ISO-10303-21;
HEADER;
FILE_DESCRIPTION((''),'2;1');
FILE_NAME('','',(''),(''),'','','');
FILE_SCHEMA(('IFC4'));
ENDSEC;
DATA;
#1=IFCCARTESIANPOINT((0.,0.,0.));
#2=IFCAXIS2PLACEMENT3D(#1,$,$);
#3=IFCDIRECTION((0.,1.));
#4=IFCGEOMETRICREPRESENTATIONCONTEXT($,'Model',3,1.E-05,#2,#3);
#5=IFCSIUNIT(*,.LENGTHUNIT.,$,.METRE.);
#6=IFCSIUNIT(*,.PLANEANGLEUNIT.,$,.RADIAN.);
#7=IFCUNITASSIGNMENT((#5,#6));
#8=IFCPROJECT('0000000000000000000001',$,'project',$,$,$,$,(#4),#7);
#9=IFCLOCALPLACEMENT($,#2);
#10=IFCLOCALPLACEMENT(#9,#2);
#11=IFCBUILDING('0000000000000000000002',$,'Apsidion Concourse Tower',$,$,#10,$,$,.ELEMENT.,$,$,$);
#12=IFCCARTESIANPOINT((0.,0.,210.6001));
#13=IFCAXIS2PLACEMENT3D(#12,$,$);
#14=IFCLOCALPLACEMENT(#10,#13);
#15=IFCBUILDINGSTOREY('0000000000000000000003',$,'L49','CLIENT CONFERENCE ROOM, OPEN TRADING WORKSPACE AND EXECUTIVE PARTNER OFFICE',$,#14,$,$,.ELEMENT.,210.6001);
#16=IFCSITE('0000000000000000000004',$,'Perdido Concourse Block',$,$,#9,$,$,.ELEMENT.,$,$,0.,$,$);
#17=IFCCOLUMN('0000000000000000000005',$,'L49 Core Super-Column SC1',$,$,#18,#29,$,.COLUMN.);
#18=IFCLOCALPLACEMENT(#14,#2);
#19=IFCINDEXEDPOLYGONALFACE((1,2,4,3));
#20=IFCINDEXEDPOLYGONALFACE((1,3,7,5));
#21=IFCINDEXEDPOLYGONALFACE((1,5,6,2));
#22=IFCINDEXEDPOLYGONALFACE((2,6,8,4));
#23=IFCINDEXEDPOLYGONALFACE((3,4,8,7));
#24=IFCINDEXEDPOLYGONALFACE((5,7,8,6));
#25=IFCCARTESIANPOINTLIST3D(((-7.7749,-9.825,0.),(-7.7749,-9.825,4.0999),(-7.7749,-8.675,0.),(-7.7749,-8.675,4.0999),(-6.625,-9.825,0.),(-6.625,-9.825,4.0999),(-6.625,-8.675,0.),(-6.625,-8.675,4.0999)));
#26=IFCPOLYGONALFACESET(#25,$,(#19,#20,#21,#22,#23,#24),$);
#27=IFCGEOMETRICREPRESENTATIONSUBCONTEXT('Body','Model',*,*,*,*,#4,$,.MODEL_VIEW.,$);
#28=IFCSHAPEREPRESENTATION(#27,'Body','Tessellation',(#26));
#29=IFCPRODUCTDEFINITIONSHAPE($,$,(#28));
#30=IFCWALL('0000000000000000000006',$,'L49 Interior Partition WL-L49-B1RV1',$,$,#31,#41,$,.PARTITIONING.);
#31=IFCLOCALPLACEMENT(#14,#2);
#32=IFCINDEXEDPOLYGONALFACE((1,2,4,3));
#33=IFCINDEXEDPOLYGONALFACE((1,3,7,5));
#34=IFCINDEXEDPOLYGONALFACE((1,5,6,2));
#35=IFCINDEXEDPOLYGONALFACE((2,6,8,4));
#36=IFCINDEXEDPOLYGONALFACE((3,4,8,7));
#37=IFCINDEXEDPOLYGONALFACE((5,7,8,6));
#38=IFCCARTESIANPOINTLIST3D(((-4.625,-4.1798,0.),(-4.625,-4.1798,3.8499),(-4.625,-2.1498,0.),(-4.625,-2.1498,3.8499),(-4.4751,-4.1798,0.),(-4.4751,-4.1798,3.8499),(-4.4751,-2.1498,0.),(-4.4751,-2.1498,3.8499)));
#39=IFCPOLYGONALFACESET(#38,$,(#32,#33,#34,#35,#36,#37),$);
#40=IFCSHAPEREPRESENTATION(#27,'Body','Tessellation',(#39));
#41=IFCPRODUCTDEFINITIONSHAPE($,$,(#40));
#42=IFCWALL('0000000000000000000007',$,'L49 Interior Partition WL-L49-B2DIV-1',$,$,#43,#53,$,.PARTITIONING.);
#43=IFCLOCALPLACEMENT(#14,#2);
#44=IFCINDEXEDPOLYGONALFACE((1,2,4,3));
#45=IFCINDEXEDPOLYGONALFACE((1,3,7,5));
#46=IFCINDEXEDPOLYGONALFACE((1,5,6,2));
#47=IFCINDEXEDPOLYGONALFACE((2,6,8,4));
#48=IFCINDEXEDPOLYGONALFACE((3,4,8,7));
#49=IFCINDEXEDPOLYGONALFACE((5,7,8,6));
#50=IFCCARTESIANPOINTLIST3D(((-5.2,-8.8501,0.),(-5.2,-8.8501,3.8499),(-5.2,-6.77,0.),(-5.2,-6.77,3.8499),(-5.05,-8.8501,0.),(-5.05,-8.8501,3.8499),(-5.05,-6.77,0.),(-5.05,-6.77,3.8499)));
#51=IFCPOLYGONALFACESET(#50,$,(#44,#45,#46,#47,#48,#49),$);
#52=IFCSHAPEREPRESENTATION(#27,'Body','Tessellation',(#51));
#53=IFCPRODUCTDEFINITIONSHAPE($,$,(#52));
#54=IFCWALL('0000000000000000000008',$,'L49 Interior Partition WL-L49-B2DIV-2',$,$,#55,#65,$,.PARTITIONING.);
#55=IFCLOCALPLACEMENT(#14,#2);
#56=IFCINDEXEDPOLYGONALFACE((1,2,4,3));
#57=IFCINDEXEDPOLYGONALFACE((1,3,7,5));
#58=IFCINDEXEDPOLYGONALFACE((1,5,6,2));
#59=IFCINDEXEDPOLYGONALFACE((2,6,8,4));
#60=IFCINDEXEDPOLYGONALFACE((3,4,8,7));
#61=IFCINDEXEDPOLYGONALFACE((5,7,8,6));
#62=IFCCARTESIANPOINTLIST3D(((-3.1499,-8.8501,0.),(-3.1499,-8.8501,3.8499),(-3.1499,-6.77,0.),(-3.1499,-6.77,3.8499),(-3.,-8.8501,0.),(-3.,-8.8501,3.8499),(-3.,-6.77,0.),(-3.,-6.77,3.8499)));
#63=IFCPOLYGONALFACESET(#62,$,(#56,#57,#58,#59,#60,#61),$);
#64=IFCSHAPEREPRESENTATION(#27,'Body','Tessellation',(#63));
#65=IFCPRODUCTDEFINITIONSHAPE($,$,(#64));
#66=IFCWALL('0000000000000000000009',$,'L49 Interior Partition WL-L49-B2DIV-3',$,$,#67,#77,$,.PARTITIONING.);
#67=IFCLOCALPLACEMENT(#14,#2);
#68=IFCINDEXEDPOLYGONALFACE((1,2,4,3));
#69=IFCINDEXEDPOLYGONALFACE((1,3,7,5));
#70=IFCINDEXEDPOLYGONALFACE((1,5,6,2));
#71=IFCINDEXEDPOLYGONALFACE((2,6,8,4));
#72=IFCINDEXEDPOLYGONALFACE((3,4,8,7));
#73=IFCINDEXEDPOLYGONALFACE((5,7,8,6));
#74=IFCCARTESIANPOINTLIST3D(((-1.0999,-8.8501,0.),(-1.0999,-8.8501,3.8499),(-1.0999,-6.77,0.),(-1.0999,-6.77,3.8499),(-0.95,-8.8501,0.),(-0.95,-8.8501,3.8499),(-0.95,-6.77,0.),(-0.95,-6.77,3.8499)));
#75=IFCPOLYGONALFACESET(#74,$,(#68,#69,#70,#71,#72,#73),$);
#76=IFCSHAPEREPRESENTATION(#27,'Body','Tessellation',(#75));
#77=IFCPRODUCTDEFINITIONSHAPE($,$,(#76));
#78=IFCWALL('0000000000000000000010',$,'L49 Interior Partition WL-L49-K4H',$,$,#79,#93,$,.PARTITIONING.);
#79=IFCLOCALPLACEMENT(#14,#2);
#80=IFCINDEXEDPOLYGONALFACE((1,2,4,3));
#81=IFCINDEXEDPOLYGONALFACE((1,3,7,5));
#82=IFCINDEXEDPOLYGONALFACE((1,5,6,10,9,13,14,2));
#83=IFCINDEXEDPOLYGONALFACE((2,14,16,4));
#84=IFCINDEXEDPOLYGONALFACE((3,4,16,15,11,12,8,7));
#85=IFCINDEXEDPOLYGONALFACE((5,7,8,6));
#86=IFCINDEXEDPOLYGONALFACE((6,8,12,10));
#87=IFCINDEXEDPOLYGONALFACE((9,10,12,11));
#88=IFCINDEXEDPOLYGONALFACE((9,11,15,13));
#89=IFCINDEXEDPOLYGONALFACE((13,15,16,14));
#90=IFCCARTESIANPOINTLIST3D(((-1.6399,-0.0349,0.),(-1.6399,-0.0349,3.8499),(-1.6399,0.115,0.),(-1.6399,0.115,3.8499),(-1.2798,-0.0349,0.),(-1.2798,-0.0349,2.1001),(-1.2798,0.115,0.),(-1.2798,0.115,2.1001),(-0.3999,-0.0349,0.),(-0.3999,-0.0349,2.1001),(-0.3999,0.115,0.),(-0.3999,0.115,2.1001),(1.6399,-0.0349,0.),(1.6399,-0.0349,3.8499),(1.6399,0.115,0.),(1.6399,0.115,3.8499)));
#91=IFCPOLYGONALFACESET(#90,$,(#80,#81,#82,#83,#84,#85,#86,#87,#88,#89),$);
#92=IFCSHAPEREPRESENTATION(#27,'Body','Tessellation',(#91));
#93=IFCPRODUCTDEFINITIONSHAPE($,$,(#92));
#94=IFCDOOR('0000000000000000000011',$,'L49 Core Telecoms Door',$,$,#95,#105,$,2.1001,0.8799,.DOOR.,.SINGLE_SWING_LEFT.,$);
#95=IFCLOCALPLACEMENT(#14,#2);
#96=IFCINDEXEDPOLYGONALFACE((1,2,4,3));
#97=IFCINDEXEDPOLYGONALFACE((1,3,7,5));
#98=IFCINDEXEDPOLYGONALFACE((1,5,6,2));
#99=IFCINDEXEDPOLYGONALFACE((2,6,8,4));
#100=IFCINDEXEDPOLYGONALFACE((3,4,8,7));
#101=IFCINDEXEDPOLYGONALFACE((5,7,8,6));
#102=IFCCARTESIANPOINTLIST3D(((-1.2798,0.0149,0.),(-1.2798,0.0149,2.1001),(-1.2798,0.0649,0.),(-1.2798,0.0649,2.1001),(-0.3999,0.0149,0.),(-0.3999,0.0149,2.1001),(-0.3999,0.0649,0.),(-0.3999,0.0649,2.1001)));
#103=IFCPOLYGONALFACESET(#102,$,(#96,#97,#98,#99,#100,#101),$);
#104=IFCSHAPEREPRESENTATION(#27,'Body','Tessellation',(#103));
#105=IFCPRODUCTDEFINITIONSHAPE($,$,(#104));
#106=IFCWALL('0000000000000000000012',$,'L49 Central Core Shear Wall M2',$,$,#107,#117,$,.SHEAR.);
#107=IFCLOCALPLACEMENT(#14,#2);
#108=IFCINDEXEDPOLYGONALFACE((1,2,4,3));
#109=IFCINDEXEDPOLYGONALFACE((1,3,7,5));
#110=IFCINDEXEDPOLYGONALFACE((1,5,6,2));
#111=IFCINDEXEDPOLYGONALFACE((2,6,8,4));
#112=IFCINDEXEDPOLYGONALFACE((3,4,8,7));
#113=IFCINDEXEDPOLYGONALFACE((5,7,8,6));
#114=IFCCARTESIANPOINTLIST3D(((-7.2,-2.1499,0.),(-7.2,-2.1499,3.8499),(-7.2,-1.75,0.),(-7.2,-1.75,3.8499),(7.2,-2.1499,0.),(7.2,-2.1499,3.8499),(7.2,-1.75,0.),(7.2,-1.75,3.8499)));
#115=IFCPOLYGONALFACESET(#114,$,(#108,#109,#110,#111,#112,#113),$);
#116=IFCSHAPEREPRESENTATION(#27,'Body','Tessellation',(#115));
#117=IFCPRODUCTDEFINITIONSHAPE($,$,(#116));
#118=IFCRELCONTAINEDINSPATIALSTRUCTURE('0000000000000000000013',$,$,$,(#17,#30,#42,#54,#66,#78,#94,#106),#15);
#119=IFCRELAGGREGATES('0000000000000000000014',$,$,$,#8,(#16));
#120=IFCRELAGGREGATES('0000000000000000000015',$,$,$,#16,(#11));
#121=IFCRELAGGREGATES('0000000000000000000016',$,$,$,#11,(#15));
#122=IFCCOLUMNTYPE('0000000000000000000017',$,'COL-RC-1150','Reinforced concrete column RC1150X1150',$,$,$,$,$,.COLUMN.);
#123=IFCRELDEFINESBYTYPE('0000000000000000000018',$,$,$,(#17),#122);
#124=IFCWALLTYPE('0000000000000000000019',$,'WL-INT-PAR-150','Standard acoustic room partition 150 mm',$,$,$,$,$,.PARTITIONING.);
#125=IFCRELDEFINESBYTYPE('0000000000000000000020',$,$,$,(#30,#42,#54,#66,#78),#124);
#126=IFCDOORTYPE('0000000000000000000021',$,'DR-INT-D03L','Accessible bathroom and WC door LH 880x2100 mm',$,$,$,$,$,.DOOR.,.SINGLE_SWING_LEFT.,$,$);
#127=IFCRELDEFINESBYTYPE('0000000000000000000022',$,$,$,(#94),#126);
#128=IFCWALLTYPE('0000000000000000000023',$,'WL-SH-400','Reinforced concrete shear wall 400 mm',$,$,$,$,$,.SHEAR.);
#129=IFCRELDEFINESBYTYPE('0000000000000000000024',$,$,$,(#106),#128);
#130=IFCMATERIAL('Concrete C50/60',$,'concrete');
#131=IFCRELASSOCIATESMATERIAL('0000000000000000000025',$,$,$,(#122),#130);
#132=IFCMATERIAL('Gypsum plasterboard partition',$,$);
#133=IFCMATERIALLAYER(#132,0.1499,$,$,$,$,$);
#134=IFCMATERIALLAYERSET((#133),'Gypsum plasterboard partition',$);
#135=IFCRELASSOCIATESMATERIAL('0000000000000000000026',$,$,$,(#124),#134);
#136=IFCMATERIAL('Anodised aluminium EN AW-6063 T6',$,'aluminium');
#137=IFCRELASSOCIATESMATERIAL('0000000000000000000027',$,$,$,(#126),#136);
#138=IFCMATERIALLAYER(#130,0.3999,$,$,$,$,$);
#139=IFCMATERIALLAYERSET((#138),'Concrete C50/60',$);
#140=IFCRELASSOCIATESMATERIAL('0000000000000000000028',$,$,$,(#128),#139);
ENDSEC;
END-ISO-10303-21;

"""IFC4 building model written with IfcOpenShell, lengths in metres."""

from ifc_helpers import new_model, si_unit, direction, frame, frame_2d, origin, origin_2d, place, context, subcontext, project, spatial, rectangle, extrude, material, layer, layer_set, material_profile, profile_set, type_object, element, fill, save


model = new_model("IFC4")

# Units and contexts
model_context = context("Model", 3, precision=1e-05, world=origin(), true_north=direction((0.0, 1.0)))
body_context = subcontext(model_context, "Body", "Model", "MODEL_VIEW")
ifc_project = project(units=[si_unit("LENGTHUNIT", "METRE"), si_unit("PLANEANGLEUNIT", "RADIAN")], contexts=[model_context])

# Site, building, storey
site_placement = place(None, origin())
site = spatial("IfcSite", under=ifc_project, at=site_placement, Name="Perdido Concourse Block", CompositionType="ELEMENT", RefElevation=0.0)
building_placement = place(site_placement, origin())
building = spatial("IfcBuilding", under=site, at=building_placement, Name="Apsidion Concourse Tower", CompositionType="ELEMENT")
storey_placement = place(building_placement, frame((0.0, 0.0, 210.6001)))
storey = spatial("IfcBuildingStorey", under=building, at=storey_placement, Name="L49", Description="CLIENT CONFERENCE ROOM, OPEN TRADING WORKSPACE AND EXECUTIVE PARTNER OFFICE", CompositionType="ELEMENT", Elevation=210.6001)

# Column
ifc_material_1 = material(Name="Concrete C50/60", Category="concrete")
ifc_material_profile = material_profile(ifc_material_1, rectangle(XDim=1.1499, YDim=1.1499, at=origin_2d()), Name="RC 1150x1150")
ifc_profile_set = profile_set([ifc_material_profile], Name="Concrete C50/60")
column_type = type_object("IfcColumnType", Name="COL-RC-1150", Description="Reinforced concrete column RC1150X1150", PredefinedType="COLUMN", material=ifc_profile_set)
column_placement = place(storey_placement, frame((-7.2, -9.25, 0.0), z_axis=(0.0, 0.0, 1.0), x_axis=(1.0, 0.0, 0.0)))
element("IfcColumn", 1, at=column_placement, inside=storey, type_object=column_type, Name="L49 Core Super-Column SC1", PredefinedType="COLUMN", context=body_context, shape_type="SweptSolid", body=[
    extrude(rectangle(XDim=1.1499, YDim=1.1499, at=origin_2d()), origin(), (0.0, 0.0, 1.0), 4.0999),
])

# Walls
ifc_material_2 = material(Name="Gypsum plasterboard partition")
ifc_layer_1 = layer(ifc_material_2, 0.1499)
ifc_layer_set_1 = layer_set([ifc_layer_1], Name="Gypsum plasterboard partition")
wall_type_1 = type_object("IfcWallType", Name="WL-INT-PAR-150", Description="Standard acoustic room partition 150 mm", PredefinedType="PARTITIONING", material=ifc_layer_set_1)
wall_1_placement = place(storey_placement, frame((-4.55, -4.1799, 0.0), z_axis=(0.0, 0.0, 1.0), x_axis=(0.0, 1.0, 0.0)))
element("IfcWall", 2, at=wall_1_placement, inside=storey, type_object=wall_type_1, Name="L49 Interior Partition WL-L49-B1RV1", PredefinedType="PARTITIONING", context=body_context, shape_type="SweptSolid", body=[
    extrude(rectangle(XDim=2.03, YDim=0.1499, at=frame_2d((1.0151, 0.0))), origin(), (0.0, 0.0, 1.0), 3.8499),
])
for number, where, z_axis, x_axis, name in (
    (3, (-5.125, -8.8501, 0.0), (0.0, 0.0, 1.0), (0.0, 1.0, 0.0), "L49 Interior Partition WL-L49-B2DIV-1"),
    (4, (-3.075, -8.8501, 0.0), (0.0, 0.0, 1.0), (0.0, 1.0, 0.0), "L49 Interior Partition WL-L49-B2DIV-2"),
    (5, (-1.0249, -8.8501, 0.0), (0.0, 0.0, 1.0), (0.0, 1.0, 0.0), "L49 Interior Partition WL-L49-B2DIV-3"),
):
    element("IfcWall", number, at=place(storey_placement, frame(where, z_axis=z_axis, x_axis=x_axis)), inside=storey, type_object=wall_type_1, Name=name, PredefinedType="PARTITIONING", context=body_context, shape_type="SweptSolid", body=[
        extrude(rectangle(XDim=2.0801, YDim=0.1499, at=frame_2d((1.04, 0.0))), origin(), (0.0, 0.0, 1.0), 3.8499),
    ])

# Wall, opening, door
wall_2_placement = place(storey_placement, frame((-1.6399, 0.04, 0.0), z_axis=(0.0, 0.0, 1.0), x_axis=(1.0, 0.0, 0.0)))
wall_2 = element("IfcWall", 6, at=wall_2_placement, inside=storey, type_object=wall_type_1, Name="L49 Interior Partition WL-L49-K4H", PredefinedType="PARTITIONING", context=body_context, shape_type="SweptSolid", body=[
    extrude(rectangle(XDim=3.2798, YDim=0.1499, at=frame_2d((1.6399, 0.0))), origin(), (0.0, 0.0, 1.0), 3.8499),
])
opening_1_placement = place(wall_2_placement, frame((0.3601, 0.0, 0.0)))
opening_1 = element("IfcOpeningElement", 7, at=opening_1_placement, cuts=wall_2, PredefinedType="OPENING", context=body_context, shape_type="SweptSolid", body=[
    extrude(rectangle(XDim=0.8799, YDim=2.1001, at=frame_2d((0.4399, 1.05))), frame((0.0, 0.085, 0.0), z_axis=(0.0, -1.0, 0.0), x_axis=(1.0, 0.0, 0.0)), (0.0, 0.0, 1.0), 0.1699),
])
ifc_material_3 = material(Name="Anodised aluminium EN AW-6063 T6", Category="aluminium")
door_type_1 = type_object("IfcDoorType", Name="DR-INT-D03L", Description="Accessible bathroom and WC door LH 880x2100 mm", OperationType="SINGLE_SWING_LEFT", PredefinedType="DOOR", material=ifc_material_3)
door_1_placement = place(opening_1_placement, origin())
door_1 = element("IfcDoor", 8, at=door_1_placement, inside=storey, type_object=door_type_1, Name="L49 Core Telecoms Door", OperationType="SINGLE_SWING_LEFT", OverallHeight=2.1001, OverallWidth=0.8799, PredefinedType="DOOR", context=body_context, shape_type="SweptSolid", body=[
    extrude(rectangle(XDim=0.8799, YDim=2.1001, at=frame_2d((0.4399, 1.05))), frame((0.0, 0.0249, 0.0), z_axis=(0.0, -1.0, 0.0), x_axis=(1.0, 0.0, 0.0)), (0.0, 0.0, 1.0), 0.05),
])
fill(opening_1, door_1)

# Wall
ifc_layer_2 = layer(ifc_material_1, 0.3999)
ifc_layer_set_2 = layer_set([ifc_layer_2], Name="Concrete C50/60")
wall_type_2 = type_object("IfcWallType", Name="WL-SH-400", Description="Reinforced concrete shear wall 400 mm", PredefinedType="SHEAR", material=ifc_layer_set_2)
wall_3_placement = place(storey_placement, frame((-7.2, -1.95, 0.0), z_axis=(0.0, 0.0, 1.0), x_axis=(1.0, 0.0, 0.0)))
element("IfcWall", 9, at=wall_3_placement, inside=storey, type_object=wall_type_2, Name="L49 Central Core Shear Wall M2", PredefinedType="SHEAR", context=body_context, shape_type="SweptSolid", body=[
    extrude(rectangle(XDim=14.3999, YDim=0.3999, at=frame_2d((7.2, 0.0))), origin(), (0.0, 0.0, 1.0), 3.8499),
])

save(model, "model.ifc")
